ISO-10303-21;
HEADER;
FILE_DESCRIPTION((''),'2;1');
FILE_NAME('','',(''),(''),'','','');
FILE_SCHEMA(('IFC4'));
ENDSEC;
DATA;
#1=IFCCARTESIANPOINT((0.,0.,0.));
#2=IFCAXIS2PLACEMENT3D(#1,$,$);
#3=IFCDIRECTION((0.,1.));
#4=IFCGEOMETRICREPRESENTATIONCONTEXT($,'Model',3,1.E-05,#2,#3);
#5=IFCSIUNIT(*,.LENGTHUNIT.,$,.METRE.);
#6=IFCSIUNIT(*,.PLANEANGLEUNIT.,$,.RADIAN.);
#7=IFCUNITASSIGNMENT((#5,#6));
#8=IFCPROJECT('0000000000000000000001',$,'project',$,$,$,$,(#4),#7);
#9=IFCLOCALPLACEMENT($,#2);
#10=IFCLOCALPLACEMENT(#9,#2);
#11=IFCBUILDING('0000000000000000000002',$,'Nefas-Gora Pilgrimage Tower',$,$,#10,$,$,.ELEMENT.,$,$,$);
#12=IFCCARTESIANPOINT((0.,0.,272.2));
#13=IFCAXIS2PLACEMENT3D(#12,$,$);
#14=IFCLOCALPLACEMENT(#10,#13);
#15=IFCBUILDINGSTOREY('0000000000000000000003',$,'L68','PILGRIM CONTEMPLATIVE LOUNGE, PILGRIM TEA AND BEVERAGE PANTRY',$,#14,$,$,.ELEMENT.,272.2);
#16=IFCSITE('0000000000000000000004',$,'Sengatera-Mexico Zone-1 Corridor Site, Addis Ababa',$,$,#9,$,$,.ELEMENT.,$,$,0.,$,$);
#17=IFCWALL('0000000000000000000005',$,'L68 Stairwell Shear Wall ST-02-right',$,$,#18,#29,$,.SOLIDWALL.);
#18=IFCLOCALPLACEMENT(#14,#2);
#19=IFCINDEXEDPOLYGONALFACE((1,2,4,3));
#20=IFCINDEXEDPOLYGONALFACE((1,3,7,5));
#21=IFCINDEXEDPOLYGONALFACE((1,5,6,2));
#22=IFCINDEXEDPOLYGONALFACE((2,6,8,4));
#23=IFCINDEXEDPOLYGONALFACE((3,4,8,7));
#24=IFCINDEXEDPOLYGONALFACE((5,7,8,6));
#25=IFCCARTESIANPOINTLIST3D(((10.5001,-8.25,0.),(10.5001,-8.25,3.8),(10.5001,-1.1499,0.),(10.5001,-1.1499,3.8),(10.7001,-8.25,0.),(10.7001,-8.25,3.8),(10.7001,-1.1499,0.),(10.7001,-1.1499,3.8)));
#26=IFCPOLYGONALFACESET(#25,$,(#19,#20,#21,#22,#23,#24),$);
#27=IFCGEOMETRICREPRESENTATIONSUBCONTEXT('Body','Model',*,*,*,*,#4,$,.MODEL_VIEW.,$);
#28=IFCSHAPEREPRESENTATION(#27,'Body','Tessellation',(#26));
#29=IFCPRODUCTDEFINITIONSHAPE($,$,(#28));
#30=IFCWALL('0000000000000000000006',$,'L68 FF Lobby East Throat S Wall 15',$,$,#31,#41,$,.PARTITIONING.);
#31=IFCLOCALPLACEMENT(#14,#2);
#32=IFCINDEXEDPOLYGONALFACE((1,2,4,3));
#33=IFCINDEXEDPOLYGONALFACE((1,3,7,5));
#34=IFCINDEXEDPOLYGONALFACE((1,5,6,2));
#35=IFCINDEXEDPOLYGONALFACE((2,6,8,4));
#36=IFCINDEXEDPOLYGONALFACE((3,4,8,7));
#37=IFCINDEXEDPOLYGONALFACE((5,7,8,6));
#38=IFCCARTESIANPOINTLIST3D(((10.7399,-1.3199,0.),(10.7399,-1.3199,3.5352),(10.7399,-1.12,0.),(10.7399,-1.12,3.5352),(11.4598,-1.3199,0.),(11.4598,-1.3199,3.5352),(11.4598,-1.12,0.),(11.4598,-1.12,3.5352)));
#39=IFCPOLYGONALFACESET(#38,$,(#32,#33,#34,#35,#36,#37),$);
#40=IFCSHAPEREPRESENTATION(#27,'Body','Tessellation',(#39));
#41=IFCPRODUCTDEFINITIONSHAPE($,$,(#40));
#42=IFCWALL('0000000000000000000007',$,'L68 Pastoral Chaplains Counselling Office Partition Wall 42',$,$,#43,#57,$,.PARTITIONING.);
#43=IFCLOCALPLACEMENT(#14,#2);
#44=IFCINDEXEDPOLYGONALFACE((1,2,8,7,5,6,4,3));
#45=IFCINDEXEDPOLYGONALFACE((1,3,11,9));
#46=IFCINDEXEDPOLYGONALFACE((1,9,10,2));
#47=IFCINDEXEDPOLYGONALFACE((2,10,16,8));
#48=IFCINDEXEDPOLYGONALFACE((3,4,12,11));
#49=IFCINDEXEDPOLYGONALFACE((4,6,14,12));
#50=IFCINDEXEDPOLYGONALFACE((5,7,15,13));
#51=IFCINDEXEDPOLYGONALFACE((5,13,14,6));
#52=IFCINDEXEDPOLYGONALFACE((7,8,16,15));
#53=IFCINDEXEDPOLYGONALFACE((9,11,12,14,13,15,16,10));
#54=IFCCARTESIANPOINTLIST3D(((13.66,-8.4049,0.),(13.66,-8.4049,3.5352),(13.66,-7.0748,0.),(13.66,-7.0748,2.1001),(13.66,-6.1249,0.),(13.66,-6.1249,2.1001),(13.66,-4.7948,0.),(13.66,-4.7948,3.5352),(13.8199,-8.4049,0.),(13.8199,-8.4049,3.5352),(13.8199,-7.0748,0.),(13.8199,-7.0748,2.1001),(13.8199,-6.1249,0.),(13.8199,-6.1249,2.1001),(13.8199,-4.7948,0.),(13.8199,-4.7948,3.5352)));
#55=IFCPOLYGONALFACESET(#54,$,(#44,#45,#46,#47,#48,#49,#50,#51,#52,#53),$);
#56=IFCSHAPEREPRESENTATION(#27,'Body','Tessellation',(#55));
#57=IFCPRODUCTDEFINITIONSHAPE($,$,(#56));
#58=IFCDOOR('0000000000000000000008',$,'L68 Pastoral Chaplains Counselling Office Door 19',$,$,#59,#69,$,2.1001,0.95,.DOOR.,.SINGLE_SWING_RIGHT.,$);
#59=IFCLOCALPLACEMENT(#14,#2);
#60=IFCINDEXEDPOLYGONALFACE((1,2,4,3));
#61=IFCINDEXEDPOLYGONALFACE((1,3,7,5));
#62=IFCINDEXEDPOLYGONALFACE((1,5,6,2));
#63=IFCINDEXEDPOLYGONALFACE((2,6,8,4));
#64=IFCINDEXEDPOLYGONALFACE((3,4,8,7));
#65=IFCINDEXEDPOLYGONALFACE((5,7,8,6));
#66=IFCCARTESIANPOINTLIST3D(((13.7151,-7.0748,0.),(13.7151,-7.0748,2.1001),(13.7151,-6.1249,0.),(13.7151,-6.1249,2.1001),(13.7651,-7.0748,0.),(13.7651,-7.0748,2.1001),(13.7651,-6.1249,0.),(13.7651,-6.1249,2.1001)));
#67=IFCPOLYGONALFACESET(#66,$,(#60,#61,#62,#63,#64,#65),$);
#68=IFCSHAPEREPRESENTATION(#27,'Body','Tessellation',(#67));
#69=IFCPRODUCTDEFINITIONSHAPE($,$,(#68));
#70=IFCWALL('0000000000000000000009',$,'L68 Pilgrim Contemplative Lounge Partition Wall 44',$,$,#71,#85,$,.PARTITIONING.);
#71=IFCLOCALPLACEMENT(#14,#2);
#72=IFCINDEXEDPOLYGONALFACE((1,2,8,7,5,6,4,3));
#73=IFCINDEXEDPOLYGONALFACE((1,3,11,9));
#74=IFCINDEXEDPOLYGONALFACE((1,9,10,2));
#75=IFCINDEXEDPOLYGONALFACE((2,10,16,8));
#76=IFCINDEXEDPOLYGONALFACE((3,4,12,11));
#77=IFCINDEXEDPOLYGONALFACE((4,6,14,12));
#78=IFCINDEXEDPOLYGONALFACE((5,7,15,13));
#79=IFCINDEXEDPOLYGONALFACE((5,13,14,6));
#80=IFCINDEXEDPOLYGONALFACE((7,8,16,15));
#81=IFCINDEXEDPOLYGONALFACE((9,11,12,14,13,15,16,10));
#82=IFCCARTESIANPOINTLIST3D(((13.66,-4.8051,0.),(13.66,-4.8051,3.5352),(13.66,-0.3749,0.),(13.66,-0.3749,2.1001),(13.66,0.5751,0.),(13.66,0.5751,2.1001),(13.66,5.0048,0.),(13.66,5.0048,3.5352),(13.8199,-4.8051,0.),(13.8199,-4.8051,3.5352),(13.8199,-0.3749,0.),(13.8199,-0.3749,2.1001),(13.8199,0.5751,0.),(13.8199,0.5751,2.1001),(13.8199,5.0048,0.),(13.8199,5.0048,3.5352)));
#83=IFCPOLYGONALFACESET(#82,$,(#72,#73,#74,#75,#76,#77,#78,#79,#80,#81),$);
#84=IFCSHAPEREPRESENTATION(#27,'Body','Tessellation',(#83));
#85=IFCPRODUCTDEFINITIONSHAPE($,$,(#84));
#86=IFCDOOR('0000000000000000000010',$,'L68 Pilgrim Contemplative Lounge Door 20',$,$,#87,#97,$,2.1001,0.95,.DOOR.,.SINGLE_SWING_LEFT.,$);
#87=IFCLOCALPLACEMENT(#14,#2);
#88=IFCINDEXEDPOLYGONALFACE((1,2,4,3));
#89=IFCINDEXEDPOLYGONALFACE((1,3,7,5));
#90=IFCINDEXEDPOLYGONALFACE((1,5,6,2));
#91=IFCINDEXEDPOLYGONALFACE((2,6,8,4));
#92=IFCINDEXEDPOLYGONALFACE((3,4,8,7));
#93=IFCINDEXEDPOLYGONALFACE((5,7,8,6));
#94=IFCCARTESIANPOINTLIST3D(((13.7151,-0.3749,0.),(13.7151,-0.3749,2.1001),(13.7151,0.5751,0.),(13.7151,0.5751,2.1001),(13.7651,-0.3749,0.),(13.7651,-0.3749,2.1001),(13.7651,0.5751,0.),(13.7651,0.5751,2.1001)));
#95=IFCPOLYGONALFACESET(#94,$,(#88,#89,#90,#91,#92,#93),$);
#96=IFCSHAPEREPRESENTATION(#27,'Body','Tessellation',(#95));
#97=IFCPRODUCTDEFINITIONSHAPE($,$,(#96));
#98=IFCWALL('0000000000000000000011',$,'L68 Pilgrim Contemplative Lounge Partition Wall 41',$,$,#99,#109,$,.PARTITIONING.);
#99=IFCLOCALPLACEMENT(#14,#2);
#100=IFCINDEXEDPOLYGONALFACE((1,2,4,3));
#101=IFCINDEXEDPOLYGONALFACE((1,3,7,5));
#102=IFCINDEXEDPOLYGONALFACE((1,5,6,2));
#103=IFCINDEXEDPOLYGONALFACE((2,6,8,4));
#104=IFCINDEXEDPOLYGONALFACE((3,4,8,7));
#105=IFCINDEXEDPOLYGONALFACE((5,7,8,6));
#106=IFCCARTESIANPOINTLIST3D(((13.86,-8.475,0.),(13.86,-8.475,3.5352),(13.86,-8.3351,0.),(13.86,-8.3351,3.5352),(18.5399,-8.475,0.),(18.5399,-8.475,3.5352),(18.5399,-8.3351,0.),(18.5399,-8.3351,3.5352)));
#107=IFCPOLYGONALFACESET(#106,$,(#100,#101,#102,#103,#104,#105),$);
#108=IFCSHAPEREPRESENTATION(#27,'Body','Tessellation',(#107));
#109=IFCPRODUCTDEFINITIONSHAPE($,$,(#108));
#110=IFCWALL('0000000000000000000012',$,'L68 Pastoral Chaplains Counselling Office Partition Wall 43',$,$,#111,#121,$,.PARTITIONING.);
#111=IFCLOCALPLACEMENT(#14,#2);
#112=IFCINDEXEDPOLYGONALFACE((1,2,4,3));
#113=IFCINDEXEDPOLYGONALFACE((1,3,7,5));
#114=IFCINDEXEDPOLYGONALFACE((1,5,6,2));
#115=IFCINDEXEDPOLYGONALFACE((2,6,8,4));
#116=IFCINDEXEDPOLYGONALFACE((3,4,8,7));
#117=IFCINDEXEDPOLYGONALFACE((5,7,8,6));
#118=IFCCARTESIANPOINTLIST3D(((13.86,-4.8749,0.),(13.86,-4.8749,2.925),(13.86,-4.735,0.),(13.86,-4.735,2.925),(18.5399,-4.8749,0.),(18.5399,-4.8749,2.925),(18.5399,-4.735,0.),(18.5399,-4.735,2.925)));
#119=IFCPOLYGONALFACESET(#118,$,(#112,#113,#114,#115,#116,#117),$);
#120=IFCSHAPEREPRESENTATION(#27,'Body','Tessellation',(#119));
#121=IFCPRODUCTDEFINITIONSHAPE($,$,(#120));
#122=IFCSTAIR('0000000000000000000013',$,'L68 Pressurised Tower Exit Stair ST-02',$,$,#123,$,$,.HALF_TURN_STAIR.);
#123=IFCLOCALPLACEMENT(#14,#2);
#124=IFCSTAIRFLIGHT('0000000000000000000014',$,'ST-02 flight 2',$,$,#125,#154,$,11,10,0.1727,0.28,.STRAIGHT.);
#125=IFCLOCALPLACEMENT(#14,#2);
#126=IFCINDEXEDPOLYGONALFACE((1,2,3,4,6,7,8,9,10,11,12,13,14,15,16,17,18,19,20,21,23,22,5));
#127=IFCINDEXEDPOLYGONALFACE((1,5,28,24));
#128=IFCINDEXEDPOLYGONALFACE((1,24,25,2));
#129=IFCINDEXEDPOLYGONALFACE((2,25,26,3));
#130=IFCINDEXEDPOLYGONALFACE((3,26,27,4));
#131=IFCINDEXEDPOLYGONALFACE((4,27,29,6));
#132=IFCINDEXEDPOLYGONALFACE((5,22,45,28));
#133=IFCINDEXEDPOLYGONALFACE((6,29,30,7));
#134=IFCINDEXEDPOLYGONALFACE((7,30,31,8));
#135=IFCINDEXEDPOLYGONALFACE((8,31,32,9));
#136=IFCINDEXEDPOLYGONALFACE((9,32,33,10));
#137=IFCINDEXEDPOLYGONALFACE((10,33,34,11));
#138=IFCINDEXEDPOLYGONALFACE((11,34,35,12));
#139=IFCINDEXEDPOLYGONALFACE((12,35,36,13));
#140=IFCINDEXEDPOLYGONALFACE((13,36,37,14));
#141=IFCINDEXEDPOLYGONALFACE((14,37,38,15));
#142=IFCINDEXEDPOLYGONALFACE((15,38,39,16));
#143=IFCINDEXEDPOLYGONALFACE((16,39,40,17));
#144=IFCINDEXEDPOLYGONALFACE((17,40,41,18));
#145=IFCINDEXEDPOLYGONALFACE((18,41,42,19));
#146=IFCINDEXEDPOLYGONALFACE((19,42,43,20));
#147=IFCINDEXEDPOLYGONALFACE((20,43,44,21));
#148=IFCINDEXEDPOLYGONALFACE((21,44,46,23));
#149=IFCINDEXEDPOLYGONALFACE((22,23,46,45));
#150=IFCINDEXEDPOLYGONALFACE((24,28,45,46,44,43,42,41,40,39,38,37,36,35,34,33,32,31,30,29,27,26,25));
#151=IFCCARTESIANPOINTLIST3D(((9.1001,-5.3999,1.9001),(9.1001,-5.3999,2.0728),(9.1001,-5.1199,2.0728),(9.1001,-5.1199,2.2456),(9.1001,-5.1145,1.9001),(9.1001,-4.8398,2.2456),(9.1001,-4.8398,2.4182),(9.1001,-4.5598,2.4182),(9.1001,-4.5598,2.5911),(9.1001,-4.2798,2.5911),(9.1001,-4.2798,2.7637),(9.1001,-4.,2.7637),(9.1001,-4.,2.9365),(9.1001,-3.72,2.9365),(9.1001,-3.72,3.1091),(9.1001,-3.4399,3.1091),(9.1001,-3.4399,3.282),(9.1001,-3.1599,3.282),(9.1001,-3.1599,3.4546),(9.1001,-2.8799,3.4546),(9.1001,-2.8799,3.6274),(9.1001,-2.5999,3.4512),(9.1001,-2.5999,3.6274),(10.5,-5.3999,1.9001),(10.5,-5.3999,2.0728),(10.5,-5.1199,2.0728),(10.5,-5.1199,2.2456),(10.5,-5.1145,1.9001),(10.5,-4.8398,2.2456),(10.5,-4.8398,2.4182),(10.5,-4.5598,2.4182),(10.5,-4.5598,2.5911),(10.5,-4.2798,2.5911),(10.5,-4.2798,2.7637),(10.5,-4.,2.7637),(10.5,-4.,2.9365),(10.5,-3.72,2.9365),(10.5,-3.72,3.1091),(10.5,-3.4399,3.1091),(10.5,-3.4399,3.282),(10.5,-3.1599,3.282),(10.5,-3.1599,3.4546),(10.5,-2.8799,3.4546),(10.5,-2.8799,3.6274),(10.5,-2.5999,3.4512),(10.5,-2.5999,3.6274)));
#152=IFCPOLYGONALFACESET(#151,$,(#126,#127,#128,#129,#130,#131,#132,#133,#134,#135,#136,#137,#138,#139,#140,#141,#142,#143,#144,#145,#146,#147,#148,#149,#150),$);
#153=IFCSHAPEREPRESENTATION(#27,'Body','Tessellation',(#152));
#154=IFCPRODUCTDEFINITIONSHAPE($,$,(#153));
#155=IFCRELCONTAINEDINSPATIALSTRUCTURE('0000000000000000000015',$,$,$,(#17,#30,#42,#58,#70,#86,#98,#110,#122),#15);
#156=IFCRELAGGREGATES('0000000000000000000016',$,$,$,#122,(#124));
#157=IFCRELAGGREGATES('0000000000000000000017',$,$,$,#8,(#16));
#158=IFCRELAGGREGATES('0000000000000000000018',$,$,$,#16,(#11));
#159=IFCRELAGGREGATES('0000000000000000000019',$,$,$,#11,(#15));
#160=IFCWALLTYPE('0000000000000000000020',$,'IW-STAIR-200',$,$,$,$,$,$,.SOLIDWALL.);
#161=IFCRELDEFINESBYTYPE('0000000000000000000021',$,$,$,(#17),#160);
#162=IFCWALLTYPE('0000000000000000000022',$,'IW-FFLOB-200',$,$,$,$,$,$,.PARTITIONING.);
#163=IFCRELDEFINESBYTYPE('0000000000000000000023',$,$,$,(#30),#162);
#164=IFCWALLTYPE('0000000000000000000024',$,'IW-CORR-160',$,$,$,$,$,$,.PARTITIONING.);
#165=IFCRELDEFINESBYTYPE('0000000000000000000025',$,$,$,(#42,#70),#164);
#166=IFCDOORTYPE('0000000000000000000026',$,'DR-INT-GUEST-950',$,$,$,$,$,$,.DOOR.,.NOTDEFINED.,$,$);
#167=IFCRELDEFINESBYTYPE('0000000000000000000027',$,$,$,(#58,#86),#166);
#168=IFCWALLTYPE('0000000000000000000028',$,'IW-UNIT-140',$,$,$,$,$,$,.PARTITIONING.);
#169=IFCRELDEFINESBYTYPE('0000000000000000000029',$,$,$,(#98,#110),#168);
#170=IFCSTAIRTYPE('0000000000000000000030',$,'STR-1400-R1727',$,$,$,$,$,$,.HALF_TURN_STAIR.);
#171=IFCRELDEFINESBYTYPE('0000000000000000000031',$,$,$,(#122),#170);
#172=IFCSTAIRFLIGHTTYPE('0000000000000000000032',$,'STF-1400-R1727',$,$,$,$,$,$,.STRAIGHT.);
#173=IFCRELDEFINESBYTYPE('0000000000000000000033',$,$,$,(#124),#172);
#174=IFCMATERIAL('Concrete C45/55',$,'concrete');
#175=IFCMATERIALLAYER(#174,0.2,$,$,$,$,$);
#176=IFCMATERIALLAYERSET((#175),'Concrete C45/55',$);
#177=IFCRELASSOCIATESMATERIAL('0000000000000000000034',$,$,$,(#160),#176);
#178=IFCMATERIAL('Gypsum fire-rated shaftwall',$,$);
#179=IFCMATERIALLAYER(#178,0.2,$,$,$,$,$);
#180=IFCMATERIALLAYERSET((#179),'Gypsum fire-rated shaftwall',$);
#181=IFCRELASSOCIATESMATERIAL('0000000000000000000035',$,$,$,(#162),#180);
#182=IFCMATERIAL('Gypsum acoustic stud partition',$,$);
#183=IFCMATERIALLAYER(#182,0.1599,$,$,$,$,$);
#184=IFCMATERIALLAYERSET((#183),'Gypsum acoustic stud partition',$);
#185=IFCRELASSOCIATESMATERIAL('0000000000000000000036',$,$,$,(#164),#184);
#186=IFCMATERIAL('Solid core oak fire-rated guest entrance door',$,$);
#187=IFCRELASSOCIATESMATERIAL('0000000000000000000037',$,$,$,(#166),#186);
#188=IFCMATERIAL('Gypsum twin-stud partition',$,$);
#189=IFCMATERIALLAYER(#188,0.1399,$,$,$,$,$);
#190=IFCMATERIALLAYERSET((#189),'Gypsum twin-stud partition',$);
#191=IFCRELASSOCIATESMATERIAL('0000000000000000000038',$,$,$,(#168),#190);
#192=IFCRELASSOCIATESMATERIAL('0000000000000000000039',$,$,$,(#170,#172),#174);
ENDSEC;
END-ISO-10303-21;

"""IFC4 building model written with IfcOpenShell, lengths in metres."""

from ifc_helpers import new_model, si_unit, direction, frame, frame_2d, origin, place, context, subcontext, project, spatial, polyline, rectangle, outline, extrude, source, transform, mapped, material, layer, layer_set, type_object, element, fill, aggregate, save


model = new_model("IFC4")

# Units and contexts
model_context = context("Model", 3, precision=1e-05, world=origin(), true_north=direction((0.0, 1.0)))
body_context = subcontext(model_context, "Body", "Model", "MODEL_VIEW")
ifc_project = project(units=[si_unit("LENGTHUNIT", "METRE"), si_unit("PLANEANGLEUNIT", "RADIAN")], contexts=[model_context])

# Site, building, storey
site_placement = place(None, origin())
site = spatial("IfcSite", under=ifc_project, at=site_placement, Name="Sengatera-Mexico Zone-1 Corridor Site, Addis Ababa", CompositionType="ELEMENT", RefElevation=0.0)
building_placement = place(site_placement, origin())
building = spatial("IfcBuilding", under=site, at=building_placement, Name="Nefas-Gora Pilgrimage Tower", CompositionType="ELEMENT")
storey_placement = place(building_placement, frame((0.0, 0.0, 272.2)))
storey = spatial("IfcBuildingStorey", under=building, at=storey_placement, Name="L68", Description="PILGRIM CONTEMPLATIVE LOUNGE, PILGRIM TEA AND BEVERAGE PANTRY", CompositionType="ELEMENT", Elevation=272.2)

# Walls
ifc_material_1 = material(Name="Concrete C45/55", Category="concrete")
ifc_layer_1 = layer(ifc_material_1, 0.2)
ifc_layer_set_1 = layer_set([ifc_layer_1], Name="Concrete C45/55")
wall_type_1 = type_object("IfcWallType", Name="IW-STAIR-200", PredefinedType="SOLIDWALL", material=ifc_layer_set_1)
shared_shape_1 = source(origin(), body_context, "Body", "SweptSolid", [
    extrude(rectangle(XDim=7.1001, YDim=0.2, at=frame_2d((3.55, 0.0))), origin(), (0.0, 0.0, 1.0), 3.8),
])
wall_1_placement = place(storey_placement, frame((10.6001, -1.1499, 0.0), z_axis=(0.0, 0.0, 1.0), x_axis=(0.0, -1.0, 0.0)))
element("IfcWall", 1, at=wall_1_placement, inside=storey, type_object=wall_type_1, Name="L68 Stairwell Shear Wall ST-02-right", PredefinedType="SOLIDWALL", context=body_context, shape_type="MappedRepresentation", body=[
    mapped(shared_shape_1, transform((0.0, 0.0, 0.0), x_axis=(1.0, 0.0, 0.0), y_axis=(0.0, 1.0, 0.0), z_axis=(0.0, 0.0, 1.0), scale=1.0)),
])
ifc_material_2 = material(Name="Gypsum fire-rated shaftwall")
ifc_layer_2 = layer(ifc_material_2, 0.2)
ifc_layer_set_2 = layer_set([ifc_layer_2], Name="Gypsum fire-rated shaftwall")
wall_type_2 = type_object("IfcWallType", Name="IW-FFLOB-200", PredefinedType="PARTITIONING", material=ifc_layer_set_2)
shared_shape_2 = source(origin(), body_context, "Body", "SweptSolid", [
    extrude(rectangle(XDim=0.72, YDim=0.2, at=frame_2d((0.3599, 0.0))), origin(), (0.0, 0.0, 1.0), 3.5352),
])
wall_2_placement = place(storey_placement, frame((10.74, -1.22, 0.0), z_axis=(0.0, 0.0, 1.0), x_axis=(1.0, 0.0, 0.0)))
element("IfcWall", 2, at=wall_2_placement, inside=storey, type_object=wall_type_2, Name="L68 FF Lobby East Throat S Wall 15", PredefinedType="PARTITIONING", context=body_context, shape_type="MappedRepresentation", body=[
    mapped(shared_shape_2, transform((0.0, 0.0, 0.0), x_axis=(1.0, 0.0, 0.0), y_axis=(0.0, 1.0, 0.0), z_axis=(0.0, 0.0, 1.0), scale=1.0)),
])

# Walls, openings, doors
ifc_material_3 = material(Name="Gypsum acoustic stud partition")
ifc_layer_3 = layer(ifc_material_3, 0.1599)
ifc_layer_set_3 = layer_set([ifc_layer_3], Name="Gypsum acoustic stud partition")
wall_type_3 = type_object("IfcWallType", Name="IW-CORR-160", PredefinedType="PARTITIONING", material=ifc_layer_set_3)
shared_shape_3 = source(origin(), body_context, "Body", "SweptSolid", [
    extrude(rectangle(XDim=3.6101, YDim=0.1599, at=frame_2d((1.8052, 0.0))), origin(), (0.0, 0.0, 1.0), 3.5352),
])
wall_3_placement = place(storey_placement, frame((13.74, -8.405, 0.0), z_axis=(0.0, 0.0, 1.0), x_axis=(0.0, 1.0, 0.0)))
wall_3 = element("IfcWall", 3, at=wall_3_placement, inside=storey, type_object=wall_type_3, Name="L68 Pastoral Chaplains Counselling Office Partition Wall 42", PredefinedType="PARTITIONING", context=body_context, shape_type="MappedRepresentation", body=[
    mapped(shared_shape_3, transform((0.0, 0.0, 0.0), x_axis=(1.0, 0.0, 0.0), y_axis=(0.0, 1.0, 0.0), z_axis=(0.0, 0.0, 1.0), scale=1.0)),
])
opening_1_placement = place(wall_3_placement, frame((1.3301, 0.0, 0.0)))
opening_1 = element("IfcOpeningElement", 4, at=opening_1_placement, cuts=wall_3, PredefinedType="OPENING", context=body_context, shape_type="SweptSolid", body=[
    extrude(rectangle(XDim=0.95, YDim=2.1001, at=frame_2d((0.4751, 1.05))), frame((0.0, 0.0898, 0.0), z_axis=(0.0, -1.0, 0.0), x_axis=(1.0, 0.0, 0.0)), (0.0, 0.0, 1.0), 0.1799),
])
ifc_material_4 = material(Name="Solid core oak fire-rated guest entrance door")
door_type_1 = type_object("IfcDoorType", Name="DR-INT-GUEST-950", OperationType="NOTDEFINED", PredefinedType="DOOR", material=ifc_material_4)
shared_shape_4 = source(origin(), body_context, "Body", "SweptSolid", [
    extrude(rectangle(XDim=0.95, YDim=2.1001, at=frame_2d((0.4751, 1.05))), frame((0.0, 0.0249, 0.0), z_axis=(0.0, -1.0, 0.0), x_axis=(1.0, 0.0, 0.0)), (0.0, 0.0, 1.0), 0.05),
])
door_1_placement = place(opening_1_placement, origin())
door_1 = element("IfcDoor", 5, at=door_1_placement, inside=storey, type_object=door_type_1, Name="L68 Pastoral Chaplains Counselling Office Door 19", OperationType="SINGLE_SWING_RIGHT", OverallHeight=2.1001, OverallWidth=0.95, PredefinedType="DOOR", context=body_context, shape_type="MappedRepresentation", body=[
    mapped(shared_shape_4, transform((0.0, 0.0, 0.0), x_axis=(1.0, 0.0, 0.0), y_axis=(0.0, 1.0, 0.0), z_axis=(0.0, 0.0, 1.0), scale=1.0)),
])
fill(opening_1, door_1)
shared_shape_5 = source(origin(), body_context, "Body", "SweptSolid", [
    extrude(rectangle(XDim=9.8098, YDim=0.1599, at=frame_2d((4.9048, 0.0))), origin(), (0.0, 0.0, 1.0), 3.5352),
])
wall_4_placement = place(storey_placement, frame((13.74, -4.8049, 0.0), z_axis=(0.0, 0.0, 1.0), x_axis=(0.0, 1.0, 0.0)))
wall_4 = element("IfcWall", 6, at=wall_4_placement, inside=storey, type_object=wall_type_3, Name="L68 Pilgrim Contemplative Lounge Partition Wall 44", PredefinedType="PARTITIONING", context=body_context, shape_type="MappedRepresentation", body=[
    mapped(shared_shape_5, transform((0.0, 0.0, 0.0), x_axis=(1.0, 0.0, 0.0), y_axis=(0.0, 1.0, 0.0), z_axis=(0.0, 0.0, 1.0), scale=1.0)),
])
opening_2_placement = place(wall_4_placement, frame((4.4299, 0.0, 0.0)))
opening_2 = element("IfcOpeningElement", 7, at=opening_2_placement, cuts=wall_4, PredefinedType="OPENING", context=body_context, shape_type="SweptSolid", body=[
    extrude(rectangle(XDim=0.95, YDim=2.1001, at=frame_2d((0.4751, 1.05))), frame((0.0, 0.0898, 0.0), z_axis=(0.0, -1.0, 0.0), x_axis=(1.0, 0.0, 0.0)), (0.0, 0.0, 1.0), 0.1799),
])
door_2_placement = place(opening_2_placement, origin())
door_2 = element("IfcDoor", 8, at=door_2_placement, inside=storey, type_object=door_type_1, Name="L68 Pilgrim Contemplative Lounge Door 20", OperationType="SINGLE_SWING_LEFT", OverallHeight=2.1001, OverallWidth=0.95, PredefinedType="DOOR", context=body_context, shape_type="MappedRepresentation", body=[
    mapped(shared_shape_4, transform((0.0, 0.0, 0.0), x_axis=(1.0, 0.0, 0.0), y_axis=(0.0, 1.0, 0.0), z_axis=(0.0, 0.0, 1.0), scale=1.0)),
])
fill(opening_2, door_2)

# Walls
ifc_material_5 = material(Name="Gypsum twin-stud partition")
ifc_layer_4 = layer(ifc_material_5, 0.1399)
ifc_layer_set_4 = layer_set([ifc_layer_4], Name="Gypsum twin-stud partition")
wall_type_4 = type_object("IfcWallType", Name="IW-UNIT-140", PredefinedType="PARTITIONING", material=ifc_layer_set_4)
shared_shape_6 = source(origin(), body_context, "Body", "SweptSolid", [
    extrude(rectangle(XDim=4.6799, YDim=0.1399, at=frame_2d((2.3398, 0.0))), origin(), (0.0, 0.0, 1.0), 3.5352),
])
wall_5_placement = place(storey_placement, frame((13.8601, -8.405, 0.0), z_axis=(0.0, 0.0, 1.0), x_axis=(1.0, 0.0, 0.0)))
element("IfcWall", 9, at=wall_5_placement, inside=storey, type_object=wall_type_4, Name="L68 Pilgrim Contemplative Lounge Partition Wall 41", PredefinedType="PARTITIONING", context=body_context, shape_type="MappedRepresentation", body=[
    mapped(shared_shape_6, transform((0.0, 0.0, 0.0), x_axis=(1.0, 0.0, 0.0), y_axis=(0.0, 1.0, 0.0), z_axis=(0.0, 0.0, 1.0), scale=1.0)),
])
shared_shape_7 = source(origin(), body_context, "Body", "SweptSolid", [
    extrude(rectangle(XDim=4.6799, YDim=0.1399, at=frame_2d((2.3398, 0.0))), origin(), (0.0, 0.0, 1.0), 2.925),
])
wall_6_placement = place(storey_placement, frame((13.8601, -4.8049, 0.0), z_axis=(0.0, 0.0, 1.0), x_axis=(1.0, 0.0, 0.0)))
element("IfcWall", 10, at=wall_6_placement, inside=storey, type_object=wall_type_4, Name="L68 Pastoral Chaplains Counselling Office Partition Wall 43", PredefinedType="PARTITIONING", context=body_context, shape_type="MappedRepresentation", body=[
    mapped(shared_shape_7, transform((0.0, 0.0, 0.0), x_axis=(1.0, 0.0, 0.0), y_axis=(0.0, 1.0, 0.0), z_axis=(0.0, 0.0, 1.0), scale=1.0)),
])

# Stair, stair flight
stair_type = type_object("IfcStairType", Name="STR-1400-R1727", PredefinedType="HALF_TURN_STAIR", material=ifc_material_1)
stair_placement = place(storey_placement, origin())
stair = element("IfcStair", 11, at=stair_placement, inside=storey, type_object=stair_type, Name="L68 Pressurised Tower Exit Stair ST-02", PredefinedType="HALF_TURN_STAIR")
stair_flight_type = type_object("IfcStairFlightType", Name="STF-1400-R1727", PredefinedType="STRAIGHT", material=ifc_material_1)
shared_shape_8 = source(origin(), body_context, "Body", "SweptSolid", [
    extrude(outline(polyline([(0.0, 0.0), (0.0, 0.1726), (0.28, 0.1726), (0.28, 0.3455), (0.5601, 0.3455), (0.5601, 0.5181), (0.8401, 0.5181), (0.8401, 0.6909), (1.1201, 0.6909), (1.1201, 0.8635), (1.3999, 0.8635), (1.3999, 1.0364), (1.6799, 1.0364), (1.6799, 1.209), (1.96, 1.209), (1.96, 1.3818), (2.24, 1.3818), (2.24, 1.5544), (2.52, 1.5544), (2.52, 1.7273), (2.8, 1.7273), (2.8, 1.8999), (2.8, 1.551), (0.2854, 0.0), (0.0, 0.0)])), frame((0.0, 0.7, 0.0), z_axis=(0.0, -1.0, 0.0), x_axis=(1.0, 0.0, 0.0)), (0.0, 0.0, 1.0), 1.3999),
])
stair_flight_placement = place(storey_placement, frame((9.8, -5.3999, 1.9001), z_axis=(0.0, 0.0, 1.0), x_axis=(0.0, 1.0, 0.0)))
stair_flight = element("IfcStairFlight", 12, at=stair_flight_placement, type_object=stair_flight_type, Name="ST-02 flight 2", NumberOfRisers=11, NumberOfTreads=10, PredefinedType="STRAIGHT", RiserHeight=0.1727, TreadLength=0.28, context=body_context, shape_type="MappedRepresentation", body=[
    mapped(shared_shape_8, transform((0.0, 0.0, 0.0), x_axis=(1.0, 0.0, 0.0), y_axis=(0.0, 1.0, 0.0), z_axis=(0.0, 0.0, 1.0), scale=1.0)),
])
aggregate(stair, [stair_flight])

save(model, "model.ifc")
